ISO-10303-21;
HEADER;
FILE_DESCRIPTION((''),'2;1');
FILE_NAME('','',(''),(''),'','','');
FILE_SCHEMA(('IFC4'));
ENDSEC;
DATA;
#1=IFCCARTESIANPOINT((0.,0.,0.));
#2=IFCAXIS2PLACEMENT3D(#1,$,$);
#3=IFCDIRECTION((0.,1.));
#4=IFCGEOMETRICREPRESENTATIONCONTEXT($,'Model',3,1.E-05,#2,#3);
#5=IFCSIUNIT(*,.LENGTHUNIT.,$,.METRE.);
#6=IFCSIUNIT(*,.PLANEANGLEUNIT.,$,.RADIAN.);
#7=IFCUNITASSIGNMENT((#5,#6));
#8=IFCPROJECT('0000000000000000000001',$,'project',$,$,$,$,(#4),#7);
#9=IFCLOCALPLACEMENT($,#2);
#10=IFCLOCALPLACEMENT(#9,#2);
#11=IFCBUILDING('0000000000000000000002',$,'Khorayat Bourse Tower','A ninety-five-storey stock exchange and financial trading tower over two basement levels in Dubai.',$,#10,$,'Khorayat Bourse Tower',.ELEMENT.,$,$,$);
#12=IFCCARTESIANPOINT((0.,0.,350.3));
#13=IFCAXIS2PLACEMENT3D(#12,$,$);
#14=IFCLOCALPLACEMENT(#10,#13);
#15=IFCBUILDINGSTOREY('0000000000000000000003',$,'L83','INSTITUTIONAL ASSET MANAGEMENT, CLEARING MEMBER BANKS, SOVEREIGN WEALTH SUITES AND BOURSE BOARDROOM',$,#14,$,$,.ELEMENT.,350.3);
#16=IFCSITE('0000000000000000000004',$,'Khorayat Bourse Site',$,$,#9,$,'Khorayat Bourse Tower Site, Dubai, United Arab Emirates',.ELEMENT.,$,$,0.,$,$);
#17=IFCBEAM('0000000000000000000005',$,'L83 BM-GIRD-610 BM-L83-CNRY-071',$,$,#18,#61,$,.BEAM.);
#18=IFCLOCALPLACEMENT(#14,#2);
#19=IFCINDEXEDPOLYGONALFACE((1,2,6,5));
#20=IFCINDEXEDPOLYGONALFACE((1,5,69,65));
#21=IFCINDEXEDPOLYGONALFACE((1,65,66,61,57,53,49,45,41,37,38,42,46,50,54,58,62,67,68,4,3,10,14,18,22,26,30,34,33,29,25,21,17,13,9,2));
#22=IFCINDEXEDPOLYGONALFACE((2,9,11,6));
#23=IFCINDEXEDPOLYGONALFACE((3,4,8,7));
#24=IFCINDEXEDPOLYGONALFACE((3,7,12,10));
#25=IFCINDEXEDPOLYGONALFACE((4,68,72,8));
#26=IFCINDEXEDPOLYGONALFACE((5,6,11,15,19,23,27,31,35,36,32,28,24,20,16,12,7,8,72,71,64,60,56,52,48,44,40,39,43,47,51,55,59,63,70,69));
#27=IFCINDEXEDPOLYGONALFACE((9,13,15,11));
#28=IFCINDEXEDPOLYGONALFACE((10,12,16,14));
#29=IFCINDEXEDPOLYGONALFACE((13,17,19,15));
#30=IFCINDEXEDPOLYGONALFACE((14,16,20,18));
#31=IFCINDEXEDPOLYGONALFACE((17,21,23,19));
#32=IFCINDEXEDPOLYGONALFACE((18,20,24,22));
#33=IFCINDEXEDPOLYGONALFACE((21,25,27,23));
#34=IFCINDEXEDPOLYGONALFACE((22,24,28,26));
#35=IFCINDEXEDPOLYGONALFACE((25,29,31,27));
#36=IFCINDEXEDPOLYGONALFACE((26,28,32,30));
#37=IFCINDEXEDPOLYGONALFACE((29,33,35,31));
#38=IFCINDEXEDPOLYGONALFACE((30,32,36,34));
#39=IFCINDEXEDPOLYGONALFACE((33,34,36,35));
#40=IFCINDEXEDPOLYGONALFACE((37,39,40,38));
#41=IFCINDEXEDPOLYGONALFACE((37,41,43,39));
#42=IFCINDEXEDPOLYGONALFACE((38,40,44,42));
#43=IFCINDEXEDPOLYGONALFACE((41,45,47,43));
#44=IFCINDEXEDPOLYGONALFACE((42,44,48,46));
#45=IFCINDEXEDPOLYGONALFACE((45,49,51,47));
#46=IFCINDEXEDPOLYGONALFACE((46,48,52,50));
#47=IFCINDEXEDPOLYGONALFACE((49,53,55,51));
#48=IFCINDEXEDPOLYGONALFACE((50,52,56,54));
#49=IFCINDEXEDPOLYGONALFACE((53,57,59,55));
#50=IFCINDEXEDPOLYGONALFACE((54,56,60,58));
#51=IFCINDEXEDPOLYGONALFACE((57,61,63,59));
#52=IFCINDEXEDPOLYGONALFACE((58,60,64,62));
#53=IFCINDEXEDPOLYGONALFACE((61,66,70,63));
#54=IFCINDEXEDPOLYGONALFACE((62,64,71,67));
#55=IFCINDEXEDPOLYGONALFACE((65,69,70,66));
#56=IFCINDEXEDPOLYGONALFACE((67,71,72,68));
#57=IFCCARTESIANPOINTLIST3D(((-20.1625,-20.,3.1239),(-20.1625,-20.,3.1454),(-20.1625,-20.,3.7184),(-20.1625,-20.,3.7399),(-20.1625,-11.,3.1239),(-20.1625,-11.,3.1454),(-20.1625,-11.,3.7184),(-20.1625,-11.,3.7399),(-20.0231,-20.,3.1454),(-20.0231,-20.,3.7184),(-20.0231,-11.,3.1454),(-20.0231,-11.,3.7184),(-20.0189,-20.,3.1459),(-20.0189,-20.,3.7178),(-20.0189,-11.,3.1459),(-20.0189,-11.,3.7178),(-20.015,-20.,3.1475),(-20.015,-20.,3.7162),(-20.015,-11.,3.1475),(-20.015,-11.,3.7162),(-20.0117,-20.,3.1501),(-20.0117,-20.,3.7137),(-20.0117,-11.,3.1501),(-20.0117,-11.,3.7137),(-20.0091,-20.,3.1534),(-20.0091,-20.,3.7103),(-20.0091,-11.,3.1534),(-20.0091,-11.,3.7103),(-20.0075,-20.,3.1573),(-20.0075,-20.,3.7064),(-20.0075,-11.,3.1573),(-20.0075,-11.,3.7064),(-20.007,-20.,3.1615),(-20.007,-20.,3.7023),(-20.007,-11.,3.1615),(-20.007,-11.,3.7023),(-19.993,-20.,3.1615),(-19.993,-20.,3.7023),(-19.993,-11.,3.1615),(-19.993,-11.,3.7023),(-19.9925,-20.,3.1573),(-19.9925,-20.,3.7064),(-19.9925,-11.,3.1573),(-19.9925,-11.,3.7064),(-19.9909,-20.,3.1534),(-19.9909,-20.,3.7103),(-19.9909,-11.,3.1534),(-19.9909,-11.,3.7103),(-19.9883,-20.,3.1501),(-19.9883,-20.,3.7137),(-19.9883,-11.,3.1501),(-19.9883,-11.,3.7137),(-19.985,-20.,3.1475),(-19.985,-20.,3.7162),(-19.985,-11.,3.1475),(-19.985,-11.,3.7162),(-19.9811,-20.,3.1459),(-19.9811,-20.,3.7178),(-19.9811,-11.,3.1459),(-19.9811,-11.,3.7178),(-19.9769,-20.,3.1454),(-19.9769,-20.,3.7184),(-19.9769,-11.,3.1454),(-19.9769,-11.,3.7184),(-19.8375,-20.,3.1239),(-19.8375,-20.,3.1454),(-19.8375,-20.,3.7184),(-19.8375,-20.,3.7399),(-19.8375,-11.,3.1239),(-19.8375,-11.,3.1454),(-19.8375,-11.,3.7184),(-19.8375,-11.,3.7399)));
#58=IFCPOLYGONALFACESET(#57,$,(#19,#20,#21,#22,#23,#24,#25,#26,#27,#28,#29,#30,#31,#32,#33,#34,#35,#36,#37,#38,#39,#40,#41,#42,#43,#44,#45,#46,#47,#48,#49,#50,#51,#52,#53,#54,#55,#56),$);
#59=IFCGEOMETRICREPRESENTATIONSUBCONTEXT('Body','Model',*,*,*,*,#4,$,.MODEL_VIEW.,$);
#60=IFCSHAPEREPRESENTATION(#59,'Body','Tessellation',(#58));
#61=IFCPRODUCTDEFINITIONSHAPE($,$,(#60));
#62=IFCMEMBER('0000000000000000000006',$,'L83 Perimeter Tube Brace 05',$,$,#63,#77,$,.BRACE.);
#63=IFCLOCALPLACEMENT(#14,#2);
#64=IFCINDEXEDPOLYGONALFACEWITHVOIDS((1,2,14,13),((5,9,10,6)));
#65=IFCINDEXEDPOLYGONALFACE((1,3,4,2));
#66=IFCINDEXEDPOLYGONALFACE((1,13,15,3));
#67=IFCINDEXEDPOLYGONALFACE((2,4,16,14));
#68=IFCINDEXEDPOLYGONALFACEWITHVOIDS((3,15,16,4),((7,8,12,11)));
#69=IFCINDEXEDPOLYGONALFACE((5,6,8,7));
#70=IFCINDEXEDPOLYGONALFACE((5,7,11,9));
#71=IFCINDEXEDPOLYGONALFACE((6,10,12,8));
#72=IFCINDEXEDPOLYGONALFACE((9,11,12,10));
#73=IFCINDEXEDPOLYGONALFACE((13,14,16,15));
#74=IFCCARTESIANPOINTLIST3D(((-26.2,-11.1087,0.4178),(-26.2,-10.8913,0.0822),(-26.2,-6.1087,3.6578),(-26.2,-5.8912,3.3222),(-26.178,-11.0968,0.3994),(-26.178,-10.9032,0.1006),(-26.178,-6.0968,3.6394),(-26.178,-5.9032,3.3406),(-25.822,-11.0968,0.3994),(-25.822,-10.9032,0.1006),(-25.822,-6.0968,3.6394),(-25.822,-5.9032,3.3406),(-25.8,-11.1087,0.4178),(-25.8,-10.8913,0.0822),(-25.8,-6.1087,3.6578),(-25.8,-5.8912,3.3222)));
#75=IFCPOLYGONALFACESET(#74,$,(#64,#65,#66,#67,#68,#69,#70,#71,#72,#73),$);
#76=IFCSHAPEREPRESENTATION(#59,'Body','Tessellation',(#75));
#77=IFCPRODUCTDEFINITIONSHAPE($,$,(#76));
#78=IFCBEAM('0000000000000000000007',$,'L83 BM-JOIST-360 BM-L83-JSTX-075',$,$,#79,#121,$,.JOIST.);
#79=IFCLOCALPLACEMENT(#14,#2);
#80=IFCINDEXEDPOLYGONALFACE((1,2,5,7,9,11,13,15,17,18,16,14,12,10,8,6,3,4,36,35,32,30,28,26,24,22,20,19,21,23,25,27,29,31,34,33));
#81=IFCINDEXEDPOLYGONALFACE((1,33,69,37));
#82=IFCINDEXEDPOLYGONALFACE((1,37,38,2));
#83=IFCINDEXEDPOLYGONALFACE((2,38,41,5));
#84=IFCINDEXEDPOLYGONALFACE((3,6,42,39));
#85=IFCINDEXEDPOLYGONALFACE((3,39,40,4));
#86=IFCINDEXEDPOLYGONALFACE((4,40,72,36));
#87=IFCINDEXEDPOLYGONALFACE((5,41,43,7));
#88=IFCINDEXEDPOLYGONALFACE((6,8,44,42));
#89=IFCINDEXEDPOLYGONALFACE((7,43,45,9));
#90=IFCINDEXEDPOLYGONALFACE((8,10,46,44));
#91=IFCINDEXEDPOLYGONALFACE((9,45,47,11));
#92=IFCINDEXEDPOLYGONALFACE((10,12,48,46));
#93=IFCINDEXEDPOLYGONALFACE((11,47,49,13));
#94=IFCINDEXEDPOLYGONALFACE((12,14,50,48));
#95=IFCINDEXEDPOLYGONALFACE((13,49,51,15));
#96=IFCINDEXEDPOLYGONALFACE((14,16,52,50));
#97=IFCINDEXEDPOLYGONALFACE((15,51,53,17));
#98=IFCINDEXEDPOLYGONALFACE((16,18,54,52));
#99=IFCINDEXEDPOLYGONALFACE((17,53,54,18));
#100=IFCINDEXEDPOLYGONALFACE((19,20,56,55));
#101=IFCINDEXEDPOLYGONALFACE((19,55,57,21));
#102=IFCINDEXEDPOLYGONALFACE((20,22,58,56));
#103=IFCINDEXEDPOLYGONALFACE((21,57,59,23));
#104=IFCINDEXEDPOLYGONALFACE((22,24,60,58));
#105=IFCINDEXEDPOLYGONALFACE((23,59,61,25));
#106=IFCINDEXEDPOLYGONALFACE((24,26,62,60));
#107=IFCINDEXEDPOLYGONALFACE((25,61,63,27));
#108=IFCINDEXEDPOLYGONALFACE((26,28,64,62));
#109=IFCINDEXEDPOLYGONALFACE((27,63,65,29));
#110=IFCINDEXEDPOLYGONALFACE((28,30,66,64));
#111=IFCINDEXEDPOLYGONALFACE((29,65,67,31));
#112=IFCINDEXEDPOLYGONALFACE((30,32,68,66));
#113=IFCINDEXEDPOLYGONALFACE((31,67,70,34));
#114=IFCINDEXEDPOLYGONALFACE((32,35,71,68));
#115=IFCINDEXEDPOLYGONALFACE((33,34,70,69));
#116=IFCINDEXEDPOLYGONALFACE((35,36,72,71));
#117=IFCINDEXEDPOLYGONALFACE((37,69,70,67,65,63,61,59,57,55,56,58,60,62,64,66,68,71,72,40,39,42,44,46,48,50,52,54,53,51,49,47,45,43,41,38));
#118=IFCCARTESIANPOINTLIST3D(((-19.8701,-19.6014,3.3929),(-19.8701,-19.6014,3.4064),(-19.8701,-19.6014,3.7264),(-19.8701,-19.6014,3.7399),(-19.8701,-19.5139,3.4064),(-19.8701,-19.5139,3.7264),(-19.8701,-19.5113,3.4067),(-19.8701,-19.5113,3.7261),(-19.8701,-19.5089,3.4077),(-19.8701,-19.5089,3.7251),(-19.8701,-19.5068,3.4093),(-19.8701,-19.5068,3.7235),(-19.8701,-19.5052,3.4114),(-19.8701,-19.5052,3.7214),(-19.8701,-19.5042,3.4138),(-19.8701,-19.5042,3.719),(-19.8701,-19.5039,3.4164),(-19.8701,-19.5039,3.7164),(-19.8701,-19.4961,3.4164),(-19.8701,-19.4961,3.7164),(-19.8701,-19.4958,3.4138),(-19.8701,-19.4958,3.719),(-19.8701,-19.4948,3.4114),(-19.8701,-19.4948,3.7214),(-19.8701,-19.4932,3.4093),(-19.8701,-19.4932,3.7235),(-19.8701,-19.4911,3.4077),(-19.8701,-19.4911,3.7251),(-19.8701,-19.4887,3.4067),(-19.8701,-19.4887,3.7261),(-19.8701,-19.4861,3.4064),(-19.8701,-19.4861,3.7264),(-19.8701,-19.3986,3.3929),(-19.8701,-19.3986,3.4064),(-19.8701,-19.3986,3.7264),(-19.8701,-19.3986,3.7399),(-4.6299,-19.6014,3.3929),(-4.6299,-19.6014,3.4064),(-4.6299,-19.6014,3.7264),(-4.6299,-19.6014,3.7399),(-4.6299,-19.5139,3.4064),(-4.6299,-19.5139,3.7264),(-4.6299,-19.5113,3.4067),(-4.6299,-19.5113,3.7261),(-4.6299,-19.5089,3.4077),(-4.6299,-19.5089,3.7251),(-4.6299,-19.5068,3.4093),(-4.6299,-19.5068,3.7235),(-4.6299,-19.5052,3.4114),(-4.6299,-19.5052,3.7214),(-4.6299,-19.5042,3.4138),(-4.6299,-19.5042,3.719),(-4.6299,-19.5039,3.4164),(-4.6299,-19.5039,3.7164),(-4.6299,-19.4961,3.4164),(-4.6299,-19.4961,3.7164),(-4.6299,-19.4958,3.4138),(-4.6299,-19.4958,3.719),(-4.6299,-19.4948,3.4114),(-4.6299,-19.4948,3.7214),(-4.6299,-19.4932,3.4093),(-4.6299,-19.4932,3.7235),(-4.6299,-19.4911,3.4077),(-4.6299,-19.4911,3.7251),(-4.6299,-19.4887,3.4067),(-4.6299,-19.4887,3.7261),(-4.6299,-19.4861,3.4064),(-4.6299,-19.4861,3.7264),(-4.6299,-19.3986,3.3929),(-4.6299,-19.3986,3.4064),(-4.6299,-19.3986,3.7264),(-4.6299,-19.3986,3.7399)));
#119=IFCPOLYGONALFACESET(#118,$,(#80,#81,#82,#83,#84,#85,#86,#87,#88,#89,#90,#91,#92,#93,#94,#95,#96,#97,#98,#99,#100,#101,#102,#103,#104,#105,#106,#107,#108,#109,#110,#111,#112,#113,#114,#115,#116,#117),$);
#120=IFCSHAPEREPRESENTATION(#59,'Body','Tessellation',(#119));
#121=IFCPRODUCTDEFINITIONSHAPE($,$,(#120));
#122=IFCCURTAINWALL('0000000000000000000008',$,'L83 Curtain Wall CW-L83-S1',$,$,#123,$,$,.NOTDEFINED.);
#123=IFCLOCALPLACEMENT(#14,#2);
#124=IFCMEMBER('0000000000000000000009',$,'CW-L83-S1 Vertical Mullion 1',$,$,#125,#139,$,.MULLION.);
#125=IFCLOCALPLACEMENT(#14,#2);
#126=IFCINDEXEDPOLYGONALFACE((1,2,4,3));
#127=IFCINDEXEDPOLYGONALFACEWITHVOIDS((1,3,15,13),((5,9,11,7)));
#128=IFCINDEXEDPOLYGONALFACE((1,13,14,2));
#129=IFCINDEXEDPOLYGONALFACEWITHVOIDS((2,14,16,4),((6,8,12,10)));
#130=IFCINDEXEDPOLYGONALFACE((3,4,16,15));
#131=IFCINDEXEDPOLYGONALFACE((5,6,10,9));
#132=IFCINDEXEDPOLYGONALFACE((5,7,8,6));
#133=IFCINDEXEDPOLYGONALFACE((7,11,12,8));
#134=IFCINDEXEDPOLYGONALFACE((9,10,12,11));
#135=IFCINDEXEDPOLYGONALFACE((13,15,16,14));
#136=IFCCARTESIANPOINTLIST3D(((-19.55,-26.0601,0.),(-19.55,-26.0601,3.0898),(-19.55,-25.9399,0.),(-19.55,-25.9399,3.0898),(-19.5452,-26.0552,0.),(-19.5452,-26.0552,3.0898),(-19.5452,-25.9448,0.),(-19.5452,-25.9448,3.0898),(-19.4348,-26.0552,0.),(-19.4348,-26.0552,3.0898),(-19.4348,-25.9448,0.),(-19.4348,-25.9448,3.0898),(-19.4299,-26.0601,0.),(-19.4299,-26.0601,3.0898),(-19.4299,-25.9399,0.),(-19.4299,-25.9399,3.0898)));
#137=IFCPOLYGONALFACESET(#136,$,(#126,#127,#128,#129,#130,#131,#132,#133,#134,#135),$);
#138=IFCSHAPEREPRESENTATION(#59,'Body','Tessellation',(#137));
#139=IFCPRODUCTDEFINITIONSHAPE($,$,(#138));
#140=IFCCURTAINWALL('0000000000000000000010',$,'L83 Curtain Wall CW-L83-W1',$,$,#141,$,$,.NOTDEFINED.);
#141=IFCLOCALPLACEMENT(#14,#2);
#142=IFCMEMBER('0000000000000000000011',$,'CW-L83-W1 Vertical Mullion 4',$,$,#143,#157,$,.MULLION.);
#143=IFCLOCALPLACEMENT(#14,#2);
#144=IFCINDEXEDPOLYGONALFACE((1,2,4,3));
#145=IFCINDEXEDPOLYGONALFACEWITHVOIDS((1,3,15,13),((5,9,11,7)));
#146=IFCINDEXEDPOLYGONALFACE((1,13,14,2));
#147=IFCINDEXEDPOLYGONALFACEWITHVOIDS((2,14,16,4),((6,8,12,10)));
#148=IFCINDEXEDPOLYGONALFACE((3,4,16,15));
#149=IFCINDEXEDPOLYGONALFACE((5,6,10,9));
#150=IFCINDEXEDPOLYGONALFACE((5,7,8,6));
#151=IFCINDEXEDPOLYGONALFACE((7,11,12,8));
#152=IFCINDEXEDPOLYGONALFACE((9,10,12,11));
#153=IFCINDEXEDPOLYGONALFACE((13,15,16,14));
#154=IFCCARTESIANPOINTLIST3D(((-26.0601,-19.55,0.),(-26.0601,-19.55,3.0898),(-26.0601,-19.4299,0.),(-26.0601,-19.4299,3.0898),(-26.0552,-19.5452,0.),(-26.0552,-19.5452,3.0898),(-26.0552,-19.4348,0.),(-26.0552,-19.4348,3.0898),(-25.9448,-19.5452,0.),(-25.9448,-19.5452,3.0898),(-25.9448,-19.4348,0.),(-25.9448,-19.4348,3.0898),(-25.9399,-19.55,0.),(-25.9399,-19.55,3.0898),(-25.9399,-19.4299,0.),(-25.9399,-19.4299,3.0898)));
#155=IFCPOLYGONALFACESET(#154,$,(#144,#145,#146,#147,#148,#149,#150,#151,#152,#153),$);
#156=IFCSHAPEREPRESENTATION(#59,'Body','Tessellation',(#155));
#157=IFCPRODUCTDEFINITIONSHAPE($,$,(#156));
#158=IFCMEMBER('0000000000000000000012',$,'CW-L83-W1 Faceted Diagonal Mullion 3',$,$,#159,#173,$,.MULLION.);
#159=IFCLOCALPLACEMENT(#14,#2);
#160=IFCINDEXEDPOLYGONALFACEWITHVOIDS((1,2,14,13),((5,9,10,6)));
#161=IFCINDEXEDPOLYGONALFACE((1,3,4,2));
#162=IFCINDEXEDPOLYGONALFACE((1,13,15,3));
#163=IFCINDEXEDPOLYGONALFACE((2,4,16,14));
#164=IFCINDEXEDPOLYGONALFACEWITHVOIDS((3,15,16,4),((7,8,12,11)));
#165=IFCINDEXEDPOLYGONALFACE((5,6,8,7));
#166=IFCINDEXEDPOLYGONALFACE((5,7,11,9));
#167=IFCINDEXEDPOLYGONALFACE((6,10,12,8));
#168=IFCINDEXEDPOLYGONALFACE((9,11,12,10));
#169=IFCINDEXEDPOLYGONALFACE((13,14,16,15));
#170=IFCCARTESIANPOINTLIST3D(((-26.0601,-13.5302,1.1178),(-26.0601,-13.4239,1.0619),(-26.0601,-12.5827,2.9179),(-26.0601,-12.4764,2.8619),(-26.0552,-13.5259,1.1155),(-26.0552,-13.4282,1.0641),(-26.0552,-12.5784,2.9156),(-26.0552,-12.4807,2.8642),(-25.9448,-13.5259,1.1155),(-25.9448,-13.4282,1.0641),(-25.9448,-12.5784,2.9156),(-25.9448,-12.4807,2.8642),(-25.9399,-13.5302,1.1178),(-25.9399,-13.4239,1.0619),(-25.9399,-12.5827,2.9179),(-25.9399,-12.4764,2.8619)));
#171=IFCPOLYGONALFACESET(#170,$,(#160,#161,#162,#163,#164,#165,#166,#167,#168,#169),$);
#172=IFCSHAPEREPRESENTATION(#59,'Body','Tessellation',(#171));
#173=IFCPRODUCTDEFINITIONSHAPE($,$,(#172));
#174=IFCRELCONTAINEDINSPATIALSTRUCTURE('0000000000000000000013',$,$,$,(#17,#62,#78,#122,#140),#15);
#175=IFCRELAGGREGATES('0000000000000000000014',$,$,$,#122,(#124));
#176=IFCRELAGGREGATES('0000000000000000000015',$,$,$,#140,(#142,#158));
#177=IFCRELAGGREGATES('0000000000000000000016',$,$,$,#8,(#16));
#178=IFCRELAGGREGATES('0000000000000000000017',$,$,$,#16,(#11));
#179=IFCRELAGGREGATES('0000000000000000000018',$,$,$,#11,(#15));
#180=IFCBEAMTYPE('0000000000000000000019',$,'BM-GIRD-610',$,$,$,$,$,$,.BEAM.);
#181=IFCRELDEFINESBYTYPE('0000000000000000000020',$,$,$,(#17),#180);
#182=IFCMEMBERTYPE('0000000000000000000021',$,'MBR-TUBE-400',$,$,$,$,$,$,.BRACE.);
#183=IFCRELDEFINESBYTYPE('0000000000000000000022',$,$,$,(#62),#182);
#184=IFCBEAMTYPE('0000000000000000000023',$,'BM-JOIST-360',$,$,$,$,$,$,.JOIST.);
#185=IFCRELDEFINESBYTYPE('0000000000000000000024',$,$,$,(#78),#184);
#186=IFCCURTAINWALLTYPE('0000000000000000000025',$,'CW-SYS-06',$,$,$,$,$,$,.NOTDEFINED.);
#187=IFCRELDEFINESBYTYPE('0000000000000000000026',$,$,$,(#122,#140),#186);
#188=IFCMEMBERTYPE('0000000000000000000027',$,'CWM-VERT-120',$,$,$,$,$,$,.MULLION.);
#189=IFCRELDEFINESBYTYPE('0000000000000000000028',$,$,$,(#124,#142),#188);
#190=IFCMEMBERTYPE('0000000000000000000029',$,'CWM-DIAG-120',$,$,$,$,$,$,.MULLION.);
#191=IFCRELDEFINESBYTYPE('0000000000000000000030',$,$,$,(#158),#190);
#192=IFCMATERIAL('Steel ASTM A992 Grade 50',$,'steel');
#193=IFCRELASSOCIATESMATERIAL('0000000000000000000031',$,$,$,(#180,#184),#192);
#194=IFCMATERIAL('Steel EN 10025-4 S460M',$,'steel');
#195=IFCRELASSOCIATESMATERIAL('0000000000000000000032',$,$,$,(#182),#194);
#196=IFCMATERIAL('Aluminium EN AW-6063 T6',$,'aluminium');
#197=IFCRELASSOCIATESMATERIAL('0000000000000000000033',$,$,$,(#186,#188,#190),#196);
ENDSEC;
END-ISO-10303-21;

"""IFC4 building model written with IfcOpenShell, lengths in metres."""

from ifc_helpers import new_model, si_unit, direction, frame, origin, origin_2d, place, context, subcontext, project, spatial, hollow_rectangle, i_section, extrude, source, transform, mapped, material, material_profile, profile_set, type_object, element, aggregate, save


model = new_model("IFC4")

# Units and contexts
model_context = context("Model", 3, precision=1e-05, world=origin(), true_north=direction((0.0, 1.0)))
body_context = subcontext(model_context, "Body", "Model", "MODEL_VIEW")
ifc_project = project(units=[si_unit("LENGTHUNIT", "METRE"), si_unit("PLANEANGLEUNIT", "RADIAN")], contexts=[model_context])

# Site, building, storey
site_placement = place(None, origin())
site = spatial("IfcSite", under=ifc_project, at=site_placement, Name="Khorayat Bourse Site", LongName="Khorayat Bourse Tower Site, Dubai, United Arab Emirates", CompositionType="ELEMENT", RefElevation=0.0)
building_placement = place(site_placement, origin())
building = spatial("IfcBuilding", under=site, at=building_placement, Name="Khorayat Bourse Tower", Description="A ninety-five-storey stock exchange and financial trading tower over two basement levels in Dubai.", LongName="Khorayat Bourse Tower", CompositionType="ELEMENT")
storey_placement = place(building_placement, frame((0.0, 0.0, 350.3)))
storey = spatial("IfcBuildingStorey", under=building, at=storey_placement, Name="L83", Description="INSTITUTIONAL ASSET MANAGEMENT, CLEARING MEMBER BANKS, SOVEREIGN WEALTH SUITES AND BOURSE BOARDROOM", CompositionType="ELEMENT", Elevation=350.3)

# Beam
ifc_material_1 = material(Name="Steel ASTM A992 Grade 50", Category="steel")
ifc_material_profile_1 = material_profile(ifc_material_1, i_section(OverallWidth=0.325, OverallDepth=0.616, WebThickness=0.0139, FlangeThickness=0.0215, FilletRadius=0.0161, at=origin_2d()), Name="W610X174")
ifc_profile_set_1 = profile_set([ifc_material_profile_1], Name="Steel ASTM A992 Grade 50")
beam_type_1 = type_object("IfcBeamType", Name="BM-GIRD-610", PredefinedType="BEAM", material=ifc_profile_set_1)
shared_shape_1 = source(origin(), body_context, "Body", "SweptSolid", [
    extrude(i_section(OverallWidth=0.325, OverallDepth=0.616, WebThickness=0.0139, FlangeThickness=0.0215, FilletRadius=0.0161, at=origin_2d()), origin(), (0.0, 0.0, 1.0), 9.0),
])
beam_1_placement = place(storey_placement, frame((-20.0, -20.0, 3.4319), z_axis=(0.0, 1.0, 0.0), x_axis=(-1.0, 0.0, 0.0)))
element("IfcBeam", 1, at=beam_1_placement, inside=storey, type_object=beam_type_1, Name="L83 BM-GIRD-610 BM-L83-CNRY-071", PredefinedType="BEAM", context=body_context, shape_type="MappedRepresentation", body=[
    mapped(shared_shape_1, transform((0.0, 0.0, 0.0), scale=1.0)),
])

# Member
ifc_material_2 = material(Name="Steel EN 10025-4 S460M", Category="steel")
ifc_material_profile_2 = material_profile(ifc_material_2, hollow_rectangle(XDim=0.3999, YDim=0.3999, WallThickness=0.022, at=origin_2d()), Name="HSS 400x400x22")
ifc_profile_set_2 = profile_set([ifc_material_profile_2], Name="Steel EN 10025-4 S460M")
member_type_1 = type_object("IfcMemberType", Name="MBR-TUBE-400", PredefinedType="BRACE", material=ifc_profile_set_2)
shared_shape_2 = source(origin(), body_context, "Body", "SweptSolid", [
    extrude(hollow_rectangle(XDim=0.3999, YDim=0.3999, WallThickness=0.022, at=origin_2d()), origin(), (0.0, 0.0, 1.0), 5.958),
])
member_1_placement = place(storey_placement, frame((-26.0, -11.0, 0.25), z_axis=(0.0, 0.83921, 0.543807), x_axis=(-1.0, 0.0, 0.0)))
element("IfcMember", 2, at=member_1_placement, inside=storey, type_object=member_type_1, Name="L83 Perimeter Tube Brace 05", PredefinedType="BRACE", context=body_context, shape_type="MappedRepresentation", body=[
    mapped(shared_shape_2, transform((0.0, 0.0, 0.0), scale=1.0)),
])

# Beam
ifc_material_profile_3 = material_profile(ifc_material_1, i_section(OverallWidth=0.2029, OverallDepth=0.3469, WebThickness=0.0078, FlangeThickness=0.0134, FilletRadius=0.01, at=origin_2d()), Name="W360X64")
ifc_profile_set_3 = profile_set([ifc_material_profile_3], Name="Steel ASTM A992 Grade 50")
beam_type_2 = type_object("IfcBeamType", Name="BM-JOIST-360", PredefinedType="JOIST", material=ifc_profile_set_3)
shared_shape_3 = source(origin(), body_context, "Body", "SweptSolid", [
    extrude(i_section(OverallWidth=0.2029, OverallDepth=0.3469, WebThickness=0.0078, FlangeThickness=0.0134, FilletRadius=0.01, at=origin_2d()), origin(), (0.0, 0.0, 1.0), 15.2402),
])
beam_2_placement = place(storey_placement, frame((-19.8701, -19.5, 3.5664), z_axis=(1.0, 0.0, 0.0), x_axis=(0.0, 1.0, 0.0)))
element("IfcBeam", 3, at=beam_2_placement, inside=storey, type_object=beam_type_2, Name="L83 BM-JOIST-360 BM-L83-JSTX-075", PredefinedType="JOIST", context=body_context, shape_type="MappedRepresentation", body=[
    mapped(shared_shape_3, transform((0.0, 0.0, 0.0), scale=1.0)),
])

# Curtain wall, member
ifc_material_3 = material(Name="Aluminium EN AW-6063 T6", Category="aluminium")
curtain_wall_type = type_object("IfcCurtainWallType", Name="CW-SYS-06", PredefinedType="NOTDEFINED", material=ifc_material_3)
curtain_wall_1_placement = place(storey_placement, origin())
curtain_wall_1 = element("IfcCurtainWall", 4, at=curtain_wall_1_placement, inside=storey, type_object=curtain_wall_type, Name="L83 Curtain Wall CW-L83-S1", PredefinedType="NOTDEFINED")
ifc_material_profile_4 = material_profile(ifc_material_3, hollow_rectangle(XDim=0.1201, YDim=0.1201, WallThickness=0.0049, at=origin_2d()), Name="ALU 120x120x5")
ifc_profile_set_4 = profile_set([ifc_material_profile_4], Name="Aluminium EN AW-6063 T6")
member_type_2 = type_object("IfcMemberType", Name="CWM-VERT-120", PredefinedType="MULLION", material=ifc_profile_set_4)
shared_shape_4 = source(origin(), body_context, "Body", "SweptSolid", [
    extrude(hollow_rectangle(XDim=0.1201, YDim=0.1201, WallThickness=0.0049, at=origin_2d()), origin(), (0.0, 0.0, 1.0), 3.0898),
])
member_2_placement = place(storey_placement, frame((-19.49, -26.0, 0.0), z_axis=(0.0, 0.0, 1.0), x_axis=(0.0, 1.0, 0.0)))
member_2 = element("IfcMember", 5, at=member_2_placement, type_object=member_type_2, Name="CW-L83-S1 Vertical Mullion 1", PredefinedType="MULLION", context=body_context, shape_type="MappedRepresentation", body=[
    mapped(shared_shape_4, transform((0.0, 0.0, 0.0), scale=1.0)),
])

# Curtain wall, members
curtain_wall_2_placement = place(storey_placement, origin())
curtain_wall_2 = element("IfcCurtainWall", 6, at=curtain_wall_2_placement, inside=storey, type_object=curtain_wall_type, Name="L83 Curtain Wall CW-L83-W1", PredefinedType="NOTDEFINED")
member_3_placement = place(storey_placement, frame((-26.0, -19.49, 0.0), z_axis=(0.0, 0.0, 1.0), x_axis=(1.0, 0.0, 0.0)))
member_3 = element("IfcMember", 7, at=member_3_placement, type_object=member_type_2, Name="CW-L83-W1 Vertical Mullion 4", PredefinedType="MULLION", context=body_context, shape_type="MappedRepresentation", body=[
    mapped(shared_shape_4, transform((0.0, 0.0, 0.0), scale=1.0)),
])
ifc_material_profile_5 = material_profile(ifc_material_3, hollow_rectangle(XDim=0.1201, YDim=0.1201, WallThickness=0.0049, at=origin_2d()), Name="ALU 120x120x5")
ifc_profile_set_5 = profile_set([ifc_material_profile_5], Name="Aluminium EN AW-6063 T6")
member_type_3 = type_object("IfcMemberType", Name="CWM-DIAG-120", PredefinedType="MULLION", material=ifc_profile_set_5)
shared_shape_5 = source(origin(), body_context, "Body", "SweptSolid", [
    extrude(hollow_rectangle(XDim=0.1201, YDim=0.1201, WallThickness=0.0049, at=origin_2d()), origin(), (0.0, 0.0, 1.0), 2.0342),
])
member_4_placement = place(storey_placement, frame((-26.0, -13.4771, 1.0898), z_axis=(0.0, 0.465791, 0.884895), x_axis=(-1.0, 0.0, 0.0)))
member_4 = element("IfcMember", 8, at=member_4_placement, type_object=member_type_3, Name="CW-L83-W1 Faceted Diagonal Mullion 3", PredefinedType="MULLION", context=body_context, shape_type="MappedRepresentation", body=[
    mapped(shared_shape_5, transform((0.0, 0.0, 0.0), scale=1.0)),
])

aggregate(curtain_wall_1, [member_2])

aggregate(curtain_wall_2, [member_3, member_4])

save(model, "model.ifc")
